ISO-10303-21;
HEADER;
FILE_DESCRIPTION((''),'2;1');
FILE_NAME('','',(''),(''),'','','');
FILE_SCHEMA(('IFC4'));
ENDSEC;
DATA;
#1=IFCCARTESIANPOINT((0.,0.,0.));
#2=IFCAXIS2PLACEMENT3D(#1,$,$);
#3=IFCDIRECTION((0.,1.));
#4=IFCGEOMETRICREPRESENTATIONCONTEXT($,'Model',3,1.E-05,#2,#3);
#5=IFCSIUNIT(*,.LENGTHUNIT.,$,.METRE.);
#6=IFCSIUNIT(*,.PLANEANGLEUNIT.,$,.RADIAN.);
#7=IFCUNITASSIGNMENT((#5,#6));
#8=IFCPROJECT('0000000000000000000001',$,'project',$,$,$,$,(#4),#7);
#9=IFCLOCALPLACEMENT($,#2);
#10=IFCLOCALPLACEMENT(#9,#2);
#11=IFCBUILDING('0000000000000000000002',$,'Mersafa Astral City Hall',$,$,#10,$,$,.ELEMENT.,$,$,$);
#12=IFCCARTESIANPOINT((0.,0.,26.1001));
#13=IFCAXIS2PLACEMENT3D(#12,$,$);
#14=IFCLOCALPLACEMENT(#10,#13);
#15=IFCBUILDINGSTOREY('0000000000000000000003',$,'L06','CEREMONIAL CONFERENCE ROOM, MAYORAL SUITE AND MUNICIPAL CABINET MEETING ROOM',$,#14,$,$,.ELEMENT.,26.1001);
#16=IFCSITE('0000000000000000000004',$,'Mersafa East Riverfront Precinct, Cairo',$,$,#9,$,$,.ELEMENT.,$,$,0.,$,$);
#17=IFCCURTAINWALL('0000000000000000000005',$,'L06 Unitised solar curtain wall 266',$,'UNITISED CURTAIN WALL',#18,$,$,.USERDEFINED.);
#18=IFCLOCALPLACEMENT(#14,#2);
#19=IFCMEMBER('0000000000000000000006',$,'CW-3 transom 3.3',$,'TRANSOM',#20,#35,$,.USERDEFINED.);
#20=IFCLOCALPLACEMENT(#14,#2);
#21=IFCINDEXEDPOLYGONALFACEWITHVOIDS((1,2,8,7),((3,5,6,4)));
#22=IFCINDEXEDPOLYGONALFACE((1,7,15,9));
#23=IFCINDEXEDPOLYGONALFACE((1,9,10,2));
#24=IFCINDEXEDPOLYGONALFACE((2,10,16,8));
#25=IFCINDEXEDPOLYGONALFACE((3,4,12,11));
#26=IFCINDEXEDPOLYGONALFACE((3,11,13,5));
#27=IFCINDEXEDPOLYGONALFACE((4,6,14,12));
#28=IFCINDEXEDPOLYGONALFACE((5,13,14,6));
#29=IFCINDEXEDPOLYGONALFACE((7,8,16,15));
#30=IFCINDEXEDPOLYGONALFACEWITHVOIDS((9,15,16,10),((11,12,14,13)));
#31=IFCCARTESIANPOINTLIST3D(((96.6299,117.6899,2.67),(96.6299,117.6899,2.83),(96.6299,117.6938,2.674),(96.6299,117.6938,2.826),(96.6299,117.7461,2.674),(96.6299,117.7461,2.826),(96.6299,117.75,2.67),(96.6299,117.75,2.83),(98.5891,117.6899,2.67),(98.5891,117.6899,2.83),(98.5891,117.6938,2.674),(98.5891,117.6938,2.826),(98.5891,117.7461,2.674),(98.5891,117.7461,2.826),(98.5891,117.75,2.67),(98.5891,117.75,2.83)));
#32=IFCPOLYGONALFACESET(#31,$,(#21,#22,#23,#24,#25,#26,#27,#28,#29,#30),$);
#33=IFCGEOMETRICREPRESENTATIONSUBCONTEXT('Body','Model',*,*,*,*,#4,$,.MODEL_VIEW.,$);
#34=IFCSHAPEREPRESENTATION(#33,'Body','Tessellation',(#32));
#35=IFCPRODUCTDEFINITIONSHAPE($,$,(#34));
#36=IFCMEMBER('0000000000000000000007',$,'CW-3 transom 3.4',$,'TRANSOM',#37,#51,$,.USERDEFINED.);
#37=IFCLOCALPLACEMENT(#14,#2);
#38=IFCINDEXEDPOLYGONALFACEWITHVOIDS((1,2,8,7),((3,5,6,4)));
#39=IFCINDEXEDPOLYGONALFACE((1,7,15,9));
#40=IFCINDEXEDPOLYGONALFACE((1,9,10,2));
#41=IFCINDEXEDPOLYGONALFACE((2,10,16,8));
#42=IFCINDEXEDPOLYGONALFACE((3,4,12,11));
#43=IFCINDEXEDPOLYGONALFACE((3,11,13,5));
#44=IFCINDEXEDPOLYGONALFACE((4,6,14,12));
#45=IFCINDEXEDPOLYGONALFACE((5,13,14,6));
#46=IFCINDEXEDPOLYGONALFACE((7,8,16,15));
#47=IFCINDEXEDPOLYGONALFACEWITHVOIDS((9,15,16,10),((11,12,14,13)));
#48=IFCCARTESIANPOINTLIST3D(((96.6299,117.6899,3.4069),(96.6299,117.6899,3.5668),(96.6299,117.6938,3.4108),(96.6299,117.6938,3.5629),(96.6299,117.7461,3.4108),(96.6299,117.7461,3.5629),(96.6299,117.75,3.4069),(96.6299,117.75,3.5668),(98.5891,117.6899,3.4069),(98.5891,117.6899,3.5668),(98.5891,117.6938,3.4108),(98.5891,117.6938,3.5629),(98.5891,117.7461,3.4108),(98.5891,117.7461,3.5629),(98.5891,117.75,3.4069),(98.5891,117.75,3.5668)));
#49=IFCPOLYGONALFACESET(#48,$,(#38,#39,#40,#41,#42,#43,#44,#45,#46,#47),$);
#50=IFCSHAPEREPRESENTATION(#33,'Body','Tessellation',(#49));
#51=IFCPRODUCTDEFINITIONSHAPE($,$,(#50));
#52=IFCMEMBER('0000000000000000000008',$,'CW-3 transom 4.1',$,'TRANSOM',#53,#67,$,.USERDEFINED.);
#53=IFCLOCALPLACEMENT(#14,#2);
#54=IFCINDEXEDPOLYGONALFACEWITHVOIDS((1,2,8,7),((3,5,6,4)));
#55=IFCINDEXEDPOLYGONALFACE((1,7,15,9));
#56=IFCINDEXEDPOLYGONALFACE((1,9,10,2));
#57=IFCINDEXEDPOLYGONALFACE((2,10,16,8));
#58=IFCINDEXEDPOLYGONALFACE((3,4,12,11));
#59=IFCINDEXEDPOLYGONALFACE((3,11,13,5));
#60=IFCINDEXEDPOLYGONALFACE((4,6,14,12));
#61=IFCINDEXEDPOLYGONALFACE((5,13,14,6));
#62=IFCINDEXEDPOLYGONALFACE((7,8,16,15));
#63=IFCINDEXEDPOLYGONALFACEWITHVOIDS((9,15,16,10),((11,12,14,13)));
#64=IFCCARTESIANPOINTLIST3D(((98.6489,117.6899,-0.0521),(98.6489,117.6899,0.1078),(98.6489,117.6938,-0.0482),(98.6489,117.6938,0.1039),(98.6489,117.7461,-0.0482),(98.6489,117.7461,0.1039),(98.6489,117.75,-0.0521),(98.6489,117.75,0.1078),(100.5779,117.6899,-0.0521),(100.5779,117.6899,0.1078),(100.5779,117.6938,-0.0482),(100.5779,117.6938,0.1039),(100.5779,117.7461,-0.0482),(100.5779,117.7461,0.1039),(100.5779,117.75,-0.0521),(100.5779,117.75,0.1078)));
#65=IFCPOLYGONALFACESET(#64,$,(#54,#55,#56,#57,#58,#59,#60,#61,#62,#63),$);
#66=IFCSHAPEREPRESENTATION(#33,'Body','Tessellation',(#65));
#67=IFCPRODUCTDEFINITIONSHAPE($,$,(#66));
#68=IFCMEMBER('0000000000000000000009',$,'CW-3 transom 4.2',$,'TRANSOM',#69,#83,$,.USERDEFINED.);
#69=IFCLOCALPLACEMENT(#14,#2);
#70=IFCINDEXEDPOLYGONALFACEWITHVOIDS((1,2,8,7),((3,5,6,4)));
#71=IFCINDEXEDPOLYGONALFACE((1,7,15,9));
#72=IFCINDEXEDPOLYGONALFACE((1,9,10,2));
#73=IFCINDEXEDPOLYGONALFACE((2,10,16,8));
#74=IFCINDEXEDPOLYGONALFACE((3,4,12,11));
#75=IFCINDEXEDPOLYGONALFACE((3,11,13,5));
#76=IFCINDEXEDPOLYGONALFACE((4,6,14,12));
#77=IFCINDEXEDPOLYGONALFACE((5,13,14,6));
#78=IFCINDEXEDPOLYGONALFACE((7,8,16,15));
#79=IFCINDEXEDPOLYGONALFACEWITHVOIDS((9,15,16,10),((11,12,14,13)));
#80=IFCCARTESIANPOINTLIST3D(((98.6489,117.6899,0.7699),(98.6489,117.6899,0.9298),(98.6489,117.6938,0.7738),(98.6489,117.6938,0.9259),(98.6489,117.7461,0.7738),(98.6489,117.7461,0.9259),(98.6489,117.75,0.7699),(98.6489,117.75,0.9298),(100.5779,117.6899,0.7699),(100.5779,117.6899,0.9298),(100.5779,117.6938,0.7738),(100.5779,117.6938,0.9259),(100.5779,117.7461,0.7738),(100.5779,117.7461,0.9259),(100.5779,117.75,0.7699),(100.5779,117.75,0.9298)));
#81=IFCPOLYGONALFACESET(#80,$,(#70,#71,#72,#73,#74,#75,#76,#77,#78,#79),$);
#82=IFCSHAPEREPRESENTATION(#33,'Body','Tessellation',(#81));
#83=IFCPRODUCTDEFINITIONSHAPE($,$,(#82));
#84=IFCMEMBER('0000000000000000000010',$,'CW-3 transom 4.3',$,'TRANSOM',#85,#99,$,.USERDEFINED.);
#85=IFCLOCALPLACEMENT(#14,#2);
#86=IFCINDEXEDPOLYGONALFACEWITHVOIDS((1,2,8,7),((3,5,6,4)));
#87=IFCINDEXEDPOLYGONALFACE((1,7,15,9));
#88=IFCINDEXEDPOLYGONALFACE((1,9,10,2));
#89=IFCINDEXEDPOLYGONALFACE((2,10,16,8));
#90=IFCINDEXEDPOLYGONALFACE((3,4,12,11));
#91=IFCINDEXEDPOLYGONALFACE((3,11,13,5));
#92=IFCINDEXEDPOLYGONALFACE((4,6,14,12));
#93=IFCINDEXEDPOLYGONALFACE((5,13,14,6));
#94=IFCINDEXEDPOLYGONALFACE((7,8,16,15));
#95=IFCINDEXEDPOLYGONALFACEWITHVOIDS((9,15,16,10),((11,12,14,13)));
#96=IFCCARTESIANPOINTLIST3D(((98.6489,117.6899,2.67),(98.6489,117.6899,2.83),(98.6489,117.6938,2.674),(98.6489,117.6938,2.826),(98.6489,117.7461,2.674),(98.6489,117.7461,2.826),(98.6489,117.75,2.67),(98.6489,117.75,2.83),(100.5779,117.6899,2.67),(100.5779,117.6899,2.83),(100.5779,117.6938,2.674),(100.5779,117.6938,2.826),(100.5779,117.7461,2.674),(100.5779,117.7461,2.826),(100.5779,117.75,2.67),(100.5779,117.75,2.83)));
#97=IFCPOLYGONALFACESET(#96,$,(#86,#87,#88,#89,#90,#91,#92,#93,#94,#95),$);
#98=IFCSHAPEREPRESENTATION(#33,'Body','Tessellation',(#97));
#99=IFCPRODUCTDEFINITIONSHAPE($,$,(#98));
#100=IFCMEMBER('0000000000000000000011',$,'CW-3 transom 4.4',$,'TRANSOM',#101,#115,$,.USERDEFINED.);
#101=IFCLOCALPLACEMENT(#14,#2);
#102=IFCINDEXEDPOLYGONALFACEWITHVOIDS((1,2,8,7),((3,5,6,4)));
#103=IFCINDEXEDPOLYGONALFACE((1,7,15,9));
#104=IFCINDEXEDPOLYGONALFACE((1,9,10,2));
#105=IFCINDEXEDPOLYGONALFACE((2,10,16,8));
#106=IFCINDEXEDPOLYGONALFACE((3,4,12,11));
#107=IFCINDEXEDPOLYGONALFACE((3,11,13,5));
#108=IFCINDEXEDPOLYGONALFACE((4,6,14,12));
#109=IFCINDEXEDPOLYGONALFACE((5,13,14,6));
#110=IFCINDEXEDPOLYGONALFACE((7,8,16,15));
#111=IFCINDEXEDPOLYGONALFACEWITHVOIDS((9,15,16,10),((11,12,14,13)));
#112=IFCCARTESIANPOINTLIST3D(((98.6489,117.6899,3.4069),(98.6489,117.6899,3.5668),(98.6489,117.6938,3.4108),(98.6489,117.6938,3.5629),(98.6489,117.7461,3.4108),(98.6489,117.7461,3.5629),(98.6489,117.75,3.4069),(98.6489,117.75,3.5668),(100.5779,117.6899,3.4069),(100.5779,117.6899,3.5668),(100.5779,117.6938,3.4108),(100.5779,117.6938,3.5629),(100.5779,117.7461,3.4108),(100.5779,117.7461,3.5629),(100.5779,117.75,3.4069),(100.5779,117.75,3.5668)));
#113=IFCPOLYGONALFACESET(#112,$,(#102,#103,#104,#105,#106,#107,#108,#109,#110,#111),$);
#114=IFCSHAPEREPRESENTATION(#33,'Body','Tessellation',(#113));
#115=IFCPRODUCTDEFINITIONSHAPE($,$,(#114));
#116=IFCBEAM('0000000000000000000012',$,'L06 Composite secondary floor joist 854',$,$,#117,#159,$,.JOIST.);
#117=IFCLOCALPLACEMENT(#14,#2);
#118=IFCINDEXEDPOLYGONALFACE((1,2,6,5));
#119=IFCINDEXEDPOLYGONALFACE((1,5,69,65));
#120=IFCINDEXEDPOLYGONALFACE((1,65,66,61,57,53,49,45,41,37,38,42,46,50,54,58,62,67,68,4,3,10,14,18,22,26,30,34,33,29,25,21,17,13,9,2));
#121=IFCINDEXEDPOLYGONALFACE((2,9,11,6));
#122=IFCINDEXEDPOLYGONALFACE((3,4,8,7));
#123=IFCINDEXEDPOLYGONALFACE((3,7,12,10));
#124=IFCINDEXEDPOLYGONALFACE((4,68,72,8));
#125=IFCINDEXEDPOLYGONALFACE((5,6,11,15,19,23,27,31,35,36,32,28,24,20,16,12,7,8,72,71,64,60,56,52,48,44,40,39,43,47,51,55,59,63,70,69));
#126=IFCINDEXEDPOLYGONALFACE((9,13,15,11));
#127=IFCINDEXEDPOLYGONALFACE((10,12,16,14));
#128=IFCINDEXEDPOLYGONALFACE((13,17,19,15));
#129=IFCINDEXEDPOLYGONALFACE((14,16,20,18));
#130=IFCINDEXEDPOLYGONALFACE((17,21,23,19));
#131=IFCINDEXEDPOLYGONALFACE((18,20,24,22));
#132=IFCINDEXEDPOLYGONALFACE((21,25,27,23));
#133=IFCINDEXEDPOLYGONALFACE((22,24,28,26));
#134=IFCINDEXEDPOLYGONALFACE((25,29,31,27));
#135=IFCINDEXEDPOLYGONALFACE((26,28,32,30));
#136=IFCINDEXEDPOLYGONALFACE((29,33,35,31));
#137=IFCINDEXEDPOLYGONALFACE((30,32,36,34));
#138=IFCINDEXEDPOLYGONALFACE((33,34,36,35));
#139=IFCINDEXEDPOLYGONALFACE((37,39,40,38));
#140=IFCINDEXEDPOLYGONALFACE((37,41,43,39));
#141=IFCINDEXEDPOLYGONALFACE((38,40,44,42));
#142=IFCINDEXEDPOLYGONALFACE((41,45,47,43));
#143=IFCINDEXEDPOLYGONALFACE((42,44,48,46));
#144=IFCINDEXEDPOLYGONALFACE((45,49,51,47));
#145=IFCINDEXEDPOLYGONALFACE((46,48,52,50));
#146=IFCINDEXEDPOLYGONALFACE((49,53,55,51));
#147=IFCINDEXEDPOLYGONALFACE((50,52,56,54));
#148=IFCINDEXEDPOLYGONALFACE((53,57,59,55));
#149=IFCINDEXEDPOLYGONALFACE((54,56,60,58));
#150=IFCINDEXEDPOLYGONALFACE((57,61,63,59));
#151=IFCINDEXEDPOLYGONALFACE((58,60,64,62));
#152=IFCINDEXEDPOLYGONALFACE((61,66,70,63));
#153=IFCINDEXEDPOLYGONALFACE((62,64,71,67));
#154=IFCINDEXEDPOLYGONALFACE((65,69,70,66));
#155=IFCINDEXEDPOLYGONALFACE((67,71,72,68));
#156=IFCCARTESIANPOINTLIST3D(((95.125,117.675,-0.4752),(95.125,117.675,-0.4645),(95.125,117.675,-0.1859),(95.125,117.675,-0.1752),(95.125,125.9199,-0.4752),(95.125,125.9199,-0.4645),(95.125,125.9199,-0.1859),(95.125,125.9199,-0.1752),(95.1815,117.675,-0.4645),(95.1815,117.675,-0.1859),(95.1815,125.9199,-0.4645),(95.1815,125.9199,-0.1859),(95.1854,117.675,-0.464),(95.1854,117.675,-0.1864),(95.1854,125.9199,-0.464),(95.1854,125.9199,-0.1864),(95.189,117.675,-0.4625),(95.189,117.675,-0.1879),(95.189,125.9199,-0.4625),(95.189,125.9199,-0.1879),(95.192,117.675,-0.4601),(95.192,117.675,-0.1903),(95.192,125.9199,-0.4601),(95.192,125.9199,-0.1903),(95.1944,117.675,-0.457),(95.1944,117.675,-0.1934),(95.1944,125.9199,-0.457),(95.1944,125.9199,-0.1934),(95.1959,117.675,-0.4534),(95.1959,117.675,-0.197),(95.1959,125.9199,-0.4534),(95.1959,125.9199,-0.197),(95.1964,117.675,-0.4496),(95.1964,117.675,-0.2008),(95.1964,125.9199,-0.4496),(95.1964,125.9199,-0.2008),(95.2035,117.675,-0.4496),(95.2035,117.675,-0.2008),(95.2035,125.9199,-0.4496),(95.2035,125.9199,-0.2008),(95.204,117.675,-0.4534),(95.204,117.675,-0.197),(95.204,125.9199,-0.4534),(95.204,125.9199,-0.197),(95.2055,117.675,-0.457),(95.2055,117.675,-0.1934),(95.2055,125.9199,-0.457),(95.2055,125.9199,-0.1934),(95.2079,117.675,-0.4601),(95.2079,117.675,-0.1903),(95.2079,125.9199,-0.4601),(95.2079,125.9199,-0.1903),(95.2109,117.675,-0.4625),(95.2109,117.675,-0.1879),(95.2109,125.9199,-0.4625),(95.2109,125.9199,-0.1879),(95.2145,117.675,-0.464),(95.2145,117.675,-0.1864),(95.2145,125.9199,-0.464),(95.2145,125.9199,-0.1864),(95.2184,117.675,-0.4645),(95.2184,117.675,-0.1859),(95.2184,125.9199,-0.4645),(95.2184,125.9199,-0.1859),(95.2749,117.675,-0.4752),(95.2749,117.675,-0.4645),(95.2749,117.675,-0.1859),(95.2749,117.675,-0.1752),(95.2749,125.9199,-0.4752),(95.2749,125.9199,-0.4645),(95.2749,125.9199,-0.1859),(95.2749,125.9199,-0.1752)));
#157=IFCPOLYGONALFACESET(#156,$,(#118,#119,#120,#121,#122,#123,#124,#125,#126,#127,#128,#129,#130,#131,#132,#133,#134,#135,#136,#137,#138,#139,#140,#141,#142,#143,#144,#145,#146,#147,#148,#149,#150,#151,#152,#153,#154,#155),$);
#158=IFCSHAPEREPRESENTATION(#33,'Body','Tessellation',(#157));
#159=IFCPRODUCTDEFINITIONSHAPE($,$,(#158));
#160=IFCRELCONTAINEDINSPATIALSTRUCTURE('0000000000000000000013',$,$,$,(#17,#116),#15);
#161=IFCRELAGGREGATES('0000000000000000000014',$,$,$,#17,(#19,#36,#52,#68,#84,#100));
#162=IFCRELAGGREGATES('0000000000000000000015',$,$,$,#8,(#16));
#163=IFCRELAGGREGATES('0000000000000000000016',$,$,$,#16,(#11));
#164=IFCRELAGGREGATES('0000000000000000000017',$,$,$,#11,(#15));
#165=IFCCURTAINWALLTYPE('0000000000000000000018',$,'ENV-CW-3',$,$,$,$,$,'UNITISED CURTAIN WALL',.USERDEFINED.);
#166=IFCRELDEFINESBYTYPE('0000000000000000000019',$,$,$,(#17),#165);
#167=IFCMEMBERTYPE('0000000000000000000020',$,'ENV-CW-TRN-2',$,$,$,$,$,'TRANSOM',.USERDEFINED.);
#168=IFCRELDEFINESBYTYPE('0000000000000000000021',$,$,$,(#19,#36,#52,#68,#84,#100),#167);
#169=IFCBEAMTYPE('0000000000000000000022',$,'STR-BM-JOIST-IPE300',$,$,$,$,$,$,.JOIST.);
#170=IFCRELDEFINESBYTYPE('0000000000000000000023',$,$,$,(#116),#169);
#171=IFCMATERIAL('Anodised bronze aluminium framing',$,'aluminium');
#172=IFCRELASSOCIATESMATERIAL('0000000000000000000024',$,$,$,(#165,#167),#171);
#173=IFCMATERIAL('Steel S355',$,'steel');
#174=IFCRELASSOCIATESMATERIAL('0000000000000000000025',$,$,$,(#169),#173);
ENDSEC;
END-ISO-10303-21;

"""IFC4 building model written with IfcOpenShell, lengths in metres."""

from ifc_helpers import new_model, si_unit, direction, frame, origin, origin_2d, place, context, subcontext, project, spatial, hollow_rectangle, i_section, extrude, material, material_profile, profile_set, type_object, element, aggregate, save


model = new_model("IFC4")

# Units and contexts
model_context = context("Model", 3, precision=1e-05, world=origin(), true_north=direction((0.0, 1.0)))
body_context = subcontext(model_context, "Body", "Model", "MODEL_VIEW")
ifc_project = project(units=[si_unit("LENGTHUNIT", "METRE"), si_unit("PLANEANGLEUNIT", "RADIAN")], contexts=[model_context])

# Site, building, storey
site_placement = place(None, origin())
site = spatial("IfcSite", under=ifc_project, at=site_placement, Name="Mersafa East Riverfront Precinct, Cairo", CompositionType="ELEMENT", RefElevation=0.0)
building_placement = place(site_placement, origin())
building = spatial("IfcBuilding", under=site, at=building_placement, Name="Mersafa Astral City Hall", CompositionType="ELEMENT")
storey_placement = place(building_placement, frame((0.0, 0.0, 26.1001)))
storey = spatial("IfcBuildingStorey", under=building, at=storey_placement, Name="L06", Description="CEREMONIAL CONFERENCE ROOM, MAYORAL SUITE AND MUNICIPAL CABINET MEETING ROOM", CompositionType="ELEMENT", Elevation=26.1001)

# Curtain wall, members
ifc_material_1 = material(Name="Anodised bronze aluminium framing", Category="aluminium")
curtain_wall_type = type_object("IfcCurtainWallType", Name="ENV-CW-3", ElementType="UNITISED CURTAIN WALL", PredefinedType="USERDEFINED", material=ifc_material_1)
curtain_wall_placement = place(storey_placement, origin())
curtain_wall = element("IfcCurtainWall", 1, at=curtain_wall_placement, inside=storey, type_object=curtain_wall_type, Name="L06 Unitised solar curtain wall 266", ObjectType="UNITISED CURTAIN WALL", PredefinedType="USERDEFINED")
ifc_material_profile_1 = material_profile(ifc_material_1, hollow_rectangle(XDim=0.0601, YDim=0.1599, WallThickness=0.0039, at=origin_2d()), Name="RHS 60x160x4")
ifc_profile_set_1 = profile_set([ifc_material_profile_1], Name="Anodised bronze aluminium framing")
member_type_1 = type_object("IfcMemberType", Name="ENV-CW-TRN-2", ElementType="TRANSOM", PredefinedType="USERDEFINED", material=ifc_profile_set_1)
member_1_placement = place(storey_placement, frame((96.6299, 117.72, 2.75), z_axis=(1.0, 0.0, 0.0), x_axis=(0.0, 1.0, 0.0)))
member_1 = element("IfcMember", 2, at=member_1_placement, type_object=member_type_1, Name="CW-3 transom 3.3", ObjectType="TRANSOM", PredefinedType="USERDEFINED", context=body_context, shape_type="SweptSolid", body=[
    extrude(hollow_rectangle(XDim=0.0601, YDim=0.1599, WallThickness=0.0039, at=origin_2d()), origin(), (0.0, 0.0, 1.0), 1.9592),
])
member_2_placement = place(storey_placement, frame((96.6299, 117.72, 3.4868), z_axis=(1.0, 0.0, 0.0), x_axis=(0.0, 1.0, 0.0)))
member_2 = element("IfcMember", 3, at=member_2_placement, type_object=member_type_1, Name="CW-3 transom 3.4", ObjectType="TRANSOM", PredefinedType="USERDEFINED", context=body_context, shape_type="SweptSolid", body=[
    extrude(hollow_rectangle(XDim=0.0601, YDim=0.1599, WallThickness=0.0039, at=origin_2d()), origin(), (0.0, 0.0, 1.0), 1.9592),
])
member_3_placement = place(storey_placement, frame((98.6489, 117.72, 0.0278), z_axis=(1.0, 0.0, 0.0), x_axis=(0.0, 1.0, 0.0)))
member_3 = element("IfcMember", 4, at=member_3_placement, type_object=member_type_1, Name="CW-3 transom 4.1", ObjectType="TRANSOM", PredefinedType="USERDEFINED", context=body_context, shape_type="SweptSolid", body=[
    extrude(hollow_rectangle(XDim=0.0601, YDim=0.1599, WallThickness=0.0039, at=origin_2d()), origin(), (0.0, 0.0, 1.0), 1.929),
])
member_4_placement = place(storey_placement, frame((98.6489, 117.72, 0.8499), z_axis=(1.0, 0.0, 0.0), x_axis=(0.0, 1.0, 0.0)))
member_4 = element("IfcMember", 5, at=member_4_placement, type_object=member_type_1, Name="CW-3 transom 4.2", ObjectType="TRANSOM", PredefinedType="USERDEFINED", context=body_context, shape_type="SweptSolid", body=[
    extrude(hollow_rectangle(XDim=0.0601, YDim=0.1599, WallThickness=0.0039, at=origin_2d()), origin(), (0.0, 0.0, 1.0), 1.929),
])
member_5_placement = place(storey_placement, frame((98.6489, 117.72, 2.75), z_axis=(1.0, 0.0, 0.0), x_axis=(0.0, 1.0, 0.0)))
member_5 = element("IfcMember", 6, at=member_5_placement, type_object=member_type_1, Name="CW-3 transom 4.3", ObjectType="TRANSOM", PredefinedType="USERDEFINED", context=body_context, shape_type="SweptSolid", body=[
    extrude(hollow_rectangle(XDim=0.0601, YDim=0.1599, WallThickness=0.0039, at=origin_2d()), origin(), (0.0, 0.0, 1.0), 1.929),
])
member_6_placement = place(storey_placement, frame((98.6489, 117.72, 3.4868), z_axis=(1.0, 0.0, 0.0), x_axis=(0.0, 1.0, 0.0)))
member_6 = element("IfcMember", 7, at=member_6_placement, type_object=member_type_1, Name="CW-3 transom 4.4", ObjectType="TRANSOM", PredefinedType="USERDEFINED", context=body_context, shape_type="SweptSolid", body=[
    extrude(hollow_rectangle(XDim=0.0601, YDim=0.1599, WallThickness=0.0039, at=origin_2d()), origin(), (0.0, 0.0, 1.0), 1.929),
])

# Beam
ifc_material_2 = material(Name="Steel S355", Category="steel")
ifc_material_profile_2 = material_profile(ifc_material_2, i_section(OverallWidth=0.1499, OverallDepth=0.3, WebThickness=0.0071, FlangeThickness=0.0107, FilletRadius=0.0149, at=origin_2d()), Name="IPE 300")
ifc_profile_set_2 = profile_set([ifc_material_profile_2], Name="Steel S355")
beam_type = type_object("IfcBeamType", Name="STR-BM-JOIST-IPE300", PredefinedType="JOIST", material=ifc_profile_set_2)
for number, where, z_axis, x_axis, name in (
    (8, (95.2, 117.675, -0.3252), (0.0, 1.0, 0.0), (-1.0, 0.0, 0.0), "L06 Composite secondary floor joist 854"),
):
    element("IfcBeam", number, at=place(storey_placement, frame(where, z_axis=z_axis, x_axis=x_axis)), inside=storey, type_object=beam_type, Name=name, PredefinedType="JOIST", context=body_context, shape_type="SweptSolid", body=[
        extrude(i_section(OverallWidth=0.1499, OverallDepth=0.3, WebThickness=0.0071, FlangeThickness=0.0107, FilletRadius=0.0149, at=origin_2d()), origin(), (0.0, 0.0, 1.0), 8.2449),
    ])

aggregate(curtain_wall, [member_1, member_2, member_3, member_4, member_5, member_6])

save(model, "model.ifc")
